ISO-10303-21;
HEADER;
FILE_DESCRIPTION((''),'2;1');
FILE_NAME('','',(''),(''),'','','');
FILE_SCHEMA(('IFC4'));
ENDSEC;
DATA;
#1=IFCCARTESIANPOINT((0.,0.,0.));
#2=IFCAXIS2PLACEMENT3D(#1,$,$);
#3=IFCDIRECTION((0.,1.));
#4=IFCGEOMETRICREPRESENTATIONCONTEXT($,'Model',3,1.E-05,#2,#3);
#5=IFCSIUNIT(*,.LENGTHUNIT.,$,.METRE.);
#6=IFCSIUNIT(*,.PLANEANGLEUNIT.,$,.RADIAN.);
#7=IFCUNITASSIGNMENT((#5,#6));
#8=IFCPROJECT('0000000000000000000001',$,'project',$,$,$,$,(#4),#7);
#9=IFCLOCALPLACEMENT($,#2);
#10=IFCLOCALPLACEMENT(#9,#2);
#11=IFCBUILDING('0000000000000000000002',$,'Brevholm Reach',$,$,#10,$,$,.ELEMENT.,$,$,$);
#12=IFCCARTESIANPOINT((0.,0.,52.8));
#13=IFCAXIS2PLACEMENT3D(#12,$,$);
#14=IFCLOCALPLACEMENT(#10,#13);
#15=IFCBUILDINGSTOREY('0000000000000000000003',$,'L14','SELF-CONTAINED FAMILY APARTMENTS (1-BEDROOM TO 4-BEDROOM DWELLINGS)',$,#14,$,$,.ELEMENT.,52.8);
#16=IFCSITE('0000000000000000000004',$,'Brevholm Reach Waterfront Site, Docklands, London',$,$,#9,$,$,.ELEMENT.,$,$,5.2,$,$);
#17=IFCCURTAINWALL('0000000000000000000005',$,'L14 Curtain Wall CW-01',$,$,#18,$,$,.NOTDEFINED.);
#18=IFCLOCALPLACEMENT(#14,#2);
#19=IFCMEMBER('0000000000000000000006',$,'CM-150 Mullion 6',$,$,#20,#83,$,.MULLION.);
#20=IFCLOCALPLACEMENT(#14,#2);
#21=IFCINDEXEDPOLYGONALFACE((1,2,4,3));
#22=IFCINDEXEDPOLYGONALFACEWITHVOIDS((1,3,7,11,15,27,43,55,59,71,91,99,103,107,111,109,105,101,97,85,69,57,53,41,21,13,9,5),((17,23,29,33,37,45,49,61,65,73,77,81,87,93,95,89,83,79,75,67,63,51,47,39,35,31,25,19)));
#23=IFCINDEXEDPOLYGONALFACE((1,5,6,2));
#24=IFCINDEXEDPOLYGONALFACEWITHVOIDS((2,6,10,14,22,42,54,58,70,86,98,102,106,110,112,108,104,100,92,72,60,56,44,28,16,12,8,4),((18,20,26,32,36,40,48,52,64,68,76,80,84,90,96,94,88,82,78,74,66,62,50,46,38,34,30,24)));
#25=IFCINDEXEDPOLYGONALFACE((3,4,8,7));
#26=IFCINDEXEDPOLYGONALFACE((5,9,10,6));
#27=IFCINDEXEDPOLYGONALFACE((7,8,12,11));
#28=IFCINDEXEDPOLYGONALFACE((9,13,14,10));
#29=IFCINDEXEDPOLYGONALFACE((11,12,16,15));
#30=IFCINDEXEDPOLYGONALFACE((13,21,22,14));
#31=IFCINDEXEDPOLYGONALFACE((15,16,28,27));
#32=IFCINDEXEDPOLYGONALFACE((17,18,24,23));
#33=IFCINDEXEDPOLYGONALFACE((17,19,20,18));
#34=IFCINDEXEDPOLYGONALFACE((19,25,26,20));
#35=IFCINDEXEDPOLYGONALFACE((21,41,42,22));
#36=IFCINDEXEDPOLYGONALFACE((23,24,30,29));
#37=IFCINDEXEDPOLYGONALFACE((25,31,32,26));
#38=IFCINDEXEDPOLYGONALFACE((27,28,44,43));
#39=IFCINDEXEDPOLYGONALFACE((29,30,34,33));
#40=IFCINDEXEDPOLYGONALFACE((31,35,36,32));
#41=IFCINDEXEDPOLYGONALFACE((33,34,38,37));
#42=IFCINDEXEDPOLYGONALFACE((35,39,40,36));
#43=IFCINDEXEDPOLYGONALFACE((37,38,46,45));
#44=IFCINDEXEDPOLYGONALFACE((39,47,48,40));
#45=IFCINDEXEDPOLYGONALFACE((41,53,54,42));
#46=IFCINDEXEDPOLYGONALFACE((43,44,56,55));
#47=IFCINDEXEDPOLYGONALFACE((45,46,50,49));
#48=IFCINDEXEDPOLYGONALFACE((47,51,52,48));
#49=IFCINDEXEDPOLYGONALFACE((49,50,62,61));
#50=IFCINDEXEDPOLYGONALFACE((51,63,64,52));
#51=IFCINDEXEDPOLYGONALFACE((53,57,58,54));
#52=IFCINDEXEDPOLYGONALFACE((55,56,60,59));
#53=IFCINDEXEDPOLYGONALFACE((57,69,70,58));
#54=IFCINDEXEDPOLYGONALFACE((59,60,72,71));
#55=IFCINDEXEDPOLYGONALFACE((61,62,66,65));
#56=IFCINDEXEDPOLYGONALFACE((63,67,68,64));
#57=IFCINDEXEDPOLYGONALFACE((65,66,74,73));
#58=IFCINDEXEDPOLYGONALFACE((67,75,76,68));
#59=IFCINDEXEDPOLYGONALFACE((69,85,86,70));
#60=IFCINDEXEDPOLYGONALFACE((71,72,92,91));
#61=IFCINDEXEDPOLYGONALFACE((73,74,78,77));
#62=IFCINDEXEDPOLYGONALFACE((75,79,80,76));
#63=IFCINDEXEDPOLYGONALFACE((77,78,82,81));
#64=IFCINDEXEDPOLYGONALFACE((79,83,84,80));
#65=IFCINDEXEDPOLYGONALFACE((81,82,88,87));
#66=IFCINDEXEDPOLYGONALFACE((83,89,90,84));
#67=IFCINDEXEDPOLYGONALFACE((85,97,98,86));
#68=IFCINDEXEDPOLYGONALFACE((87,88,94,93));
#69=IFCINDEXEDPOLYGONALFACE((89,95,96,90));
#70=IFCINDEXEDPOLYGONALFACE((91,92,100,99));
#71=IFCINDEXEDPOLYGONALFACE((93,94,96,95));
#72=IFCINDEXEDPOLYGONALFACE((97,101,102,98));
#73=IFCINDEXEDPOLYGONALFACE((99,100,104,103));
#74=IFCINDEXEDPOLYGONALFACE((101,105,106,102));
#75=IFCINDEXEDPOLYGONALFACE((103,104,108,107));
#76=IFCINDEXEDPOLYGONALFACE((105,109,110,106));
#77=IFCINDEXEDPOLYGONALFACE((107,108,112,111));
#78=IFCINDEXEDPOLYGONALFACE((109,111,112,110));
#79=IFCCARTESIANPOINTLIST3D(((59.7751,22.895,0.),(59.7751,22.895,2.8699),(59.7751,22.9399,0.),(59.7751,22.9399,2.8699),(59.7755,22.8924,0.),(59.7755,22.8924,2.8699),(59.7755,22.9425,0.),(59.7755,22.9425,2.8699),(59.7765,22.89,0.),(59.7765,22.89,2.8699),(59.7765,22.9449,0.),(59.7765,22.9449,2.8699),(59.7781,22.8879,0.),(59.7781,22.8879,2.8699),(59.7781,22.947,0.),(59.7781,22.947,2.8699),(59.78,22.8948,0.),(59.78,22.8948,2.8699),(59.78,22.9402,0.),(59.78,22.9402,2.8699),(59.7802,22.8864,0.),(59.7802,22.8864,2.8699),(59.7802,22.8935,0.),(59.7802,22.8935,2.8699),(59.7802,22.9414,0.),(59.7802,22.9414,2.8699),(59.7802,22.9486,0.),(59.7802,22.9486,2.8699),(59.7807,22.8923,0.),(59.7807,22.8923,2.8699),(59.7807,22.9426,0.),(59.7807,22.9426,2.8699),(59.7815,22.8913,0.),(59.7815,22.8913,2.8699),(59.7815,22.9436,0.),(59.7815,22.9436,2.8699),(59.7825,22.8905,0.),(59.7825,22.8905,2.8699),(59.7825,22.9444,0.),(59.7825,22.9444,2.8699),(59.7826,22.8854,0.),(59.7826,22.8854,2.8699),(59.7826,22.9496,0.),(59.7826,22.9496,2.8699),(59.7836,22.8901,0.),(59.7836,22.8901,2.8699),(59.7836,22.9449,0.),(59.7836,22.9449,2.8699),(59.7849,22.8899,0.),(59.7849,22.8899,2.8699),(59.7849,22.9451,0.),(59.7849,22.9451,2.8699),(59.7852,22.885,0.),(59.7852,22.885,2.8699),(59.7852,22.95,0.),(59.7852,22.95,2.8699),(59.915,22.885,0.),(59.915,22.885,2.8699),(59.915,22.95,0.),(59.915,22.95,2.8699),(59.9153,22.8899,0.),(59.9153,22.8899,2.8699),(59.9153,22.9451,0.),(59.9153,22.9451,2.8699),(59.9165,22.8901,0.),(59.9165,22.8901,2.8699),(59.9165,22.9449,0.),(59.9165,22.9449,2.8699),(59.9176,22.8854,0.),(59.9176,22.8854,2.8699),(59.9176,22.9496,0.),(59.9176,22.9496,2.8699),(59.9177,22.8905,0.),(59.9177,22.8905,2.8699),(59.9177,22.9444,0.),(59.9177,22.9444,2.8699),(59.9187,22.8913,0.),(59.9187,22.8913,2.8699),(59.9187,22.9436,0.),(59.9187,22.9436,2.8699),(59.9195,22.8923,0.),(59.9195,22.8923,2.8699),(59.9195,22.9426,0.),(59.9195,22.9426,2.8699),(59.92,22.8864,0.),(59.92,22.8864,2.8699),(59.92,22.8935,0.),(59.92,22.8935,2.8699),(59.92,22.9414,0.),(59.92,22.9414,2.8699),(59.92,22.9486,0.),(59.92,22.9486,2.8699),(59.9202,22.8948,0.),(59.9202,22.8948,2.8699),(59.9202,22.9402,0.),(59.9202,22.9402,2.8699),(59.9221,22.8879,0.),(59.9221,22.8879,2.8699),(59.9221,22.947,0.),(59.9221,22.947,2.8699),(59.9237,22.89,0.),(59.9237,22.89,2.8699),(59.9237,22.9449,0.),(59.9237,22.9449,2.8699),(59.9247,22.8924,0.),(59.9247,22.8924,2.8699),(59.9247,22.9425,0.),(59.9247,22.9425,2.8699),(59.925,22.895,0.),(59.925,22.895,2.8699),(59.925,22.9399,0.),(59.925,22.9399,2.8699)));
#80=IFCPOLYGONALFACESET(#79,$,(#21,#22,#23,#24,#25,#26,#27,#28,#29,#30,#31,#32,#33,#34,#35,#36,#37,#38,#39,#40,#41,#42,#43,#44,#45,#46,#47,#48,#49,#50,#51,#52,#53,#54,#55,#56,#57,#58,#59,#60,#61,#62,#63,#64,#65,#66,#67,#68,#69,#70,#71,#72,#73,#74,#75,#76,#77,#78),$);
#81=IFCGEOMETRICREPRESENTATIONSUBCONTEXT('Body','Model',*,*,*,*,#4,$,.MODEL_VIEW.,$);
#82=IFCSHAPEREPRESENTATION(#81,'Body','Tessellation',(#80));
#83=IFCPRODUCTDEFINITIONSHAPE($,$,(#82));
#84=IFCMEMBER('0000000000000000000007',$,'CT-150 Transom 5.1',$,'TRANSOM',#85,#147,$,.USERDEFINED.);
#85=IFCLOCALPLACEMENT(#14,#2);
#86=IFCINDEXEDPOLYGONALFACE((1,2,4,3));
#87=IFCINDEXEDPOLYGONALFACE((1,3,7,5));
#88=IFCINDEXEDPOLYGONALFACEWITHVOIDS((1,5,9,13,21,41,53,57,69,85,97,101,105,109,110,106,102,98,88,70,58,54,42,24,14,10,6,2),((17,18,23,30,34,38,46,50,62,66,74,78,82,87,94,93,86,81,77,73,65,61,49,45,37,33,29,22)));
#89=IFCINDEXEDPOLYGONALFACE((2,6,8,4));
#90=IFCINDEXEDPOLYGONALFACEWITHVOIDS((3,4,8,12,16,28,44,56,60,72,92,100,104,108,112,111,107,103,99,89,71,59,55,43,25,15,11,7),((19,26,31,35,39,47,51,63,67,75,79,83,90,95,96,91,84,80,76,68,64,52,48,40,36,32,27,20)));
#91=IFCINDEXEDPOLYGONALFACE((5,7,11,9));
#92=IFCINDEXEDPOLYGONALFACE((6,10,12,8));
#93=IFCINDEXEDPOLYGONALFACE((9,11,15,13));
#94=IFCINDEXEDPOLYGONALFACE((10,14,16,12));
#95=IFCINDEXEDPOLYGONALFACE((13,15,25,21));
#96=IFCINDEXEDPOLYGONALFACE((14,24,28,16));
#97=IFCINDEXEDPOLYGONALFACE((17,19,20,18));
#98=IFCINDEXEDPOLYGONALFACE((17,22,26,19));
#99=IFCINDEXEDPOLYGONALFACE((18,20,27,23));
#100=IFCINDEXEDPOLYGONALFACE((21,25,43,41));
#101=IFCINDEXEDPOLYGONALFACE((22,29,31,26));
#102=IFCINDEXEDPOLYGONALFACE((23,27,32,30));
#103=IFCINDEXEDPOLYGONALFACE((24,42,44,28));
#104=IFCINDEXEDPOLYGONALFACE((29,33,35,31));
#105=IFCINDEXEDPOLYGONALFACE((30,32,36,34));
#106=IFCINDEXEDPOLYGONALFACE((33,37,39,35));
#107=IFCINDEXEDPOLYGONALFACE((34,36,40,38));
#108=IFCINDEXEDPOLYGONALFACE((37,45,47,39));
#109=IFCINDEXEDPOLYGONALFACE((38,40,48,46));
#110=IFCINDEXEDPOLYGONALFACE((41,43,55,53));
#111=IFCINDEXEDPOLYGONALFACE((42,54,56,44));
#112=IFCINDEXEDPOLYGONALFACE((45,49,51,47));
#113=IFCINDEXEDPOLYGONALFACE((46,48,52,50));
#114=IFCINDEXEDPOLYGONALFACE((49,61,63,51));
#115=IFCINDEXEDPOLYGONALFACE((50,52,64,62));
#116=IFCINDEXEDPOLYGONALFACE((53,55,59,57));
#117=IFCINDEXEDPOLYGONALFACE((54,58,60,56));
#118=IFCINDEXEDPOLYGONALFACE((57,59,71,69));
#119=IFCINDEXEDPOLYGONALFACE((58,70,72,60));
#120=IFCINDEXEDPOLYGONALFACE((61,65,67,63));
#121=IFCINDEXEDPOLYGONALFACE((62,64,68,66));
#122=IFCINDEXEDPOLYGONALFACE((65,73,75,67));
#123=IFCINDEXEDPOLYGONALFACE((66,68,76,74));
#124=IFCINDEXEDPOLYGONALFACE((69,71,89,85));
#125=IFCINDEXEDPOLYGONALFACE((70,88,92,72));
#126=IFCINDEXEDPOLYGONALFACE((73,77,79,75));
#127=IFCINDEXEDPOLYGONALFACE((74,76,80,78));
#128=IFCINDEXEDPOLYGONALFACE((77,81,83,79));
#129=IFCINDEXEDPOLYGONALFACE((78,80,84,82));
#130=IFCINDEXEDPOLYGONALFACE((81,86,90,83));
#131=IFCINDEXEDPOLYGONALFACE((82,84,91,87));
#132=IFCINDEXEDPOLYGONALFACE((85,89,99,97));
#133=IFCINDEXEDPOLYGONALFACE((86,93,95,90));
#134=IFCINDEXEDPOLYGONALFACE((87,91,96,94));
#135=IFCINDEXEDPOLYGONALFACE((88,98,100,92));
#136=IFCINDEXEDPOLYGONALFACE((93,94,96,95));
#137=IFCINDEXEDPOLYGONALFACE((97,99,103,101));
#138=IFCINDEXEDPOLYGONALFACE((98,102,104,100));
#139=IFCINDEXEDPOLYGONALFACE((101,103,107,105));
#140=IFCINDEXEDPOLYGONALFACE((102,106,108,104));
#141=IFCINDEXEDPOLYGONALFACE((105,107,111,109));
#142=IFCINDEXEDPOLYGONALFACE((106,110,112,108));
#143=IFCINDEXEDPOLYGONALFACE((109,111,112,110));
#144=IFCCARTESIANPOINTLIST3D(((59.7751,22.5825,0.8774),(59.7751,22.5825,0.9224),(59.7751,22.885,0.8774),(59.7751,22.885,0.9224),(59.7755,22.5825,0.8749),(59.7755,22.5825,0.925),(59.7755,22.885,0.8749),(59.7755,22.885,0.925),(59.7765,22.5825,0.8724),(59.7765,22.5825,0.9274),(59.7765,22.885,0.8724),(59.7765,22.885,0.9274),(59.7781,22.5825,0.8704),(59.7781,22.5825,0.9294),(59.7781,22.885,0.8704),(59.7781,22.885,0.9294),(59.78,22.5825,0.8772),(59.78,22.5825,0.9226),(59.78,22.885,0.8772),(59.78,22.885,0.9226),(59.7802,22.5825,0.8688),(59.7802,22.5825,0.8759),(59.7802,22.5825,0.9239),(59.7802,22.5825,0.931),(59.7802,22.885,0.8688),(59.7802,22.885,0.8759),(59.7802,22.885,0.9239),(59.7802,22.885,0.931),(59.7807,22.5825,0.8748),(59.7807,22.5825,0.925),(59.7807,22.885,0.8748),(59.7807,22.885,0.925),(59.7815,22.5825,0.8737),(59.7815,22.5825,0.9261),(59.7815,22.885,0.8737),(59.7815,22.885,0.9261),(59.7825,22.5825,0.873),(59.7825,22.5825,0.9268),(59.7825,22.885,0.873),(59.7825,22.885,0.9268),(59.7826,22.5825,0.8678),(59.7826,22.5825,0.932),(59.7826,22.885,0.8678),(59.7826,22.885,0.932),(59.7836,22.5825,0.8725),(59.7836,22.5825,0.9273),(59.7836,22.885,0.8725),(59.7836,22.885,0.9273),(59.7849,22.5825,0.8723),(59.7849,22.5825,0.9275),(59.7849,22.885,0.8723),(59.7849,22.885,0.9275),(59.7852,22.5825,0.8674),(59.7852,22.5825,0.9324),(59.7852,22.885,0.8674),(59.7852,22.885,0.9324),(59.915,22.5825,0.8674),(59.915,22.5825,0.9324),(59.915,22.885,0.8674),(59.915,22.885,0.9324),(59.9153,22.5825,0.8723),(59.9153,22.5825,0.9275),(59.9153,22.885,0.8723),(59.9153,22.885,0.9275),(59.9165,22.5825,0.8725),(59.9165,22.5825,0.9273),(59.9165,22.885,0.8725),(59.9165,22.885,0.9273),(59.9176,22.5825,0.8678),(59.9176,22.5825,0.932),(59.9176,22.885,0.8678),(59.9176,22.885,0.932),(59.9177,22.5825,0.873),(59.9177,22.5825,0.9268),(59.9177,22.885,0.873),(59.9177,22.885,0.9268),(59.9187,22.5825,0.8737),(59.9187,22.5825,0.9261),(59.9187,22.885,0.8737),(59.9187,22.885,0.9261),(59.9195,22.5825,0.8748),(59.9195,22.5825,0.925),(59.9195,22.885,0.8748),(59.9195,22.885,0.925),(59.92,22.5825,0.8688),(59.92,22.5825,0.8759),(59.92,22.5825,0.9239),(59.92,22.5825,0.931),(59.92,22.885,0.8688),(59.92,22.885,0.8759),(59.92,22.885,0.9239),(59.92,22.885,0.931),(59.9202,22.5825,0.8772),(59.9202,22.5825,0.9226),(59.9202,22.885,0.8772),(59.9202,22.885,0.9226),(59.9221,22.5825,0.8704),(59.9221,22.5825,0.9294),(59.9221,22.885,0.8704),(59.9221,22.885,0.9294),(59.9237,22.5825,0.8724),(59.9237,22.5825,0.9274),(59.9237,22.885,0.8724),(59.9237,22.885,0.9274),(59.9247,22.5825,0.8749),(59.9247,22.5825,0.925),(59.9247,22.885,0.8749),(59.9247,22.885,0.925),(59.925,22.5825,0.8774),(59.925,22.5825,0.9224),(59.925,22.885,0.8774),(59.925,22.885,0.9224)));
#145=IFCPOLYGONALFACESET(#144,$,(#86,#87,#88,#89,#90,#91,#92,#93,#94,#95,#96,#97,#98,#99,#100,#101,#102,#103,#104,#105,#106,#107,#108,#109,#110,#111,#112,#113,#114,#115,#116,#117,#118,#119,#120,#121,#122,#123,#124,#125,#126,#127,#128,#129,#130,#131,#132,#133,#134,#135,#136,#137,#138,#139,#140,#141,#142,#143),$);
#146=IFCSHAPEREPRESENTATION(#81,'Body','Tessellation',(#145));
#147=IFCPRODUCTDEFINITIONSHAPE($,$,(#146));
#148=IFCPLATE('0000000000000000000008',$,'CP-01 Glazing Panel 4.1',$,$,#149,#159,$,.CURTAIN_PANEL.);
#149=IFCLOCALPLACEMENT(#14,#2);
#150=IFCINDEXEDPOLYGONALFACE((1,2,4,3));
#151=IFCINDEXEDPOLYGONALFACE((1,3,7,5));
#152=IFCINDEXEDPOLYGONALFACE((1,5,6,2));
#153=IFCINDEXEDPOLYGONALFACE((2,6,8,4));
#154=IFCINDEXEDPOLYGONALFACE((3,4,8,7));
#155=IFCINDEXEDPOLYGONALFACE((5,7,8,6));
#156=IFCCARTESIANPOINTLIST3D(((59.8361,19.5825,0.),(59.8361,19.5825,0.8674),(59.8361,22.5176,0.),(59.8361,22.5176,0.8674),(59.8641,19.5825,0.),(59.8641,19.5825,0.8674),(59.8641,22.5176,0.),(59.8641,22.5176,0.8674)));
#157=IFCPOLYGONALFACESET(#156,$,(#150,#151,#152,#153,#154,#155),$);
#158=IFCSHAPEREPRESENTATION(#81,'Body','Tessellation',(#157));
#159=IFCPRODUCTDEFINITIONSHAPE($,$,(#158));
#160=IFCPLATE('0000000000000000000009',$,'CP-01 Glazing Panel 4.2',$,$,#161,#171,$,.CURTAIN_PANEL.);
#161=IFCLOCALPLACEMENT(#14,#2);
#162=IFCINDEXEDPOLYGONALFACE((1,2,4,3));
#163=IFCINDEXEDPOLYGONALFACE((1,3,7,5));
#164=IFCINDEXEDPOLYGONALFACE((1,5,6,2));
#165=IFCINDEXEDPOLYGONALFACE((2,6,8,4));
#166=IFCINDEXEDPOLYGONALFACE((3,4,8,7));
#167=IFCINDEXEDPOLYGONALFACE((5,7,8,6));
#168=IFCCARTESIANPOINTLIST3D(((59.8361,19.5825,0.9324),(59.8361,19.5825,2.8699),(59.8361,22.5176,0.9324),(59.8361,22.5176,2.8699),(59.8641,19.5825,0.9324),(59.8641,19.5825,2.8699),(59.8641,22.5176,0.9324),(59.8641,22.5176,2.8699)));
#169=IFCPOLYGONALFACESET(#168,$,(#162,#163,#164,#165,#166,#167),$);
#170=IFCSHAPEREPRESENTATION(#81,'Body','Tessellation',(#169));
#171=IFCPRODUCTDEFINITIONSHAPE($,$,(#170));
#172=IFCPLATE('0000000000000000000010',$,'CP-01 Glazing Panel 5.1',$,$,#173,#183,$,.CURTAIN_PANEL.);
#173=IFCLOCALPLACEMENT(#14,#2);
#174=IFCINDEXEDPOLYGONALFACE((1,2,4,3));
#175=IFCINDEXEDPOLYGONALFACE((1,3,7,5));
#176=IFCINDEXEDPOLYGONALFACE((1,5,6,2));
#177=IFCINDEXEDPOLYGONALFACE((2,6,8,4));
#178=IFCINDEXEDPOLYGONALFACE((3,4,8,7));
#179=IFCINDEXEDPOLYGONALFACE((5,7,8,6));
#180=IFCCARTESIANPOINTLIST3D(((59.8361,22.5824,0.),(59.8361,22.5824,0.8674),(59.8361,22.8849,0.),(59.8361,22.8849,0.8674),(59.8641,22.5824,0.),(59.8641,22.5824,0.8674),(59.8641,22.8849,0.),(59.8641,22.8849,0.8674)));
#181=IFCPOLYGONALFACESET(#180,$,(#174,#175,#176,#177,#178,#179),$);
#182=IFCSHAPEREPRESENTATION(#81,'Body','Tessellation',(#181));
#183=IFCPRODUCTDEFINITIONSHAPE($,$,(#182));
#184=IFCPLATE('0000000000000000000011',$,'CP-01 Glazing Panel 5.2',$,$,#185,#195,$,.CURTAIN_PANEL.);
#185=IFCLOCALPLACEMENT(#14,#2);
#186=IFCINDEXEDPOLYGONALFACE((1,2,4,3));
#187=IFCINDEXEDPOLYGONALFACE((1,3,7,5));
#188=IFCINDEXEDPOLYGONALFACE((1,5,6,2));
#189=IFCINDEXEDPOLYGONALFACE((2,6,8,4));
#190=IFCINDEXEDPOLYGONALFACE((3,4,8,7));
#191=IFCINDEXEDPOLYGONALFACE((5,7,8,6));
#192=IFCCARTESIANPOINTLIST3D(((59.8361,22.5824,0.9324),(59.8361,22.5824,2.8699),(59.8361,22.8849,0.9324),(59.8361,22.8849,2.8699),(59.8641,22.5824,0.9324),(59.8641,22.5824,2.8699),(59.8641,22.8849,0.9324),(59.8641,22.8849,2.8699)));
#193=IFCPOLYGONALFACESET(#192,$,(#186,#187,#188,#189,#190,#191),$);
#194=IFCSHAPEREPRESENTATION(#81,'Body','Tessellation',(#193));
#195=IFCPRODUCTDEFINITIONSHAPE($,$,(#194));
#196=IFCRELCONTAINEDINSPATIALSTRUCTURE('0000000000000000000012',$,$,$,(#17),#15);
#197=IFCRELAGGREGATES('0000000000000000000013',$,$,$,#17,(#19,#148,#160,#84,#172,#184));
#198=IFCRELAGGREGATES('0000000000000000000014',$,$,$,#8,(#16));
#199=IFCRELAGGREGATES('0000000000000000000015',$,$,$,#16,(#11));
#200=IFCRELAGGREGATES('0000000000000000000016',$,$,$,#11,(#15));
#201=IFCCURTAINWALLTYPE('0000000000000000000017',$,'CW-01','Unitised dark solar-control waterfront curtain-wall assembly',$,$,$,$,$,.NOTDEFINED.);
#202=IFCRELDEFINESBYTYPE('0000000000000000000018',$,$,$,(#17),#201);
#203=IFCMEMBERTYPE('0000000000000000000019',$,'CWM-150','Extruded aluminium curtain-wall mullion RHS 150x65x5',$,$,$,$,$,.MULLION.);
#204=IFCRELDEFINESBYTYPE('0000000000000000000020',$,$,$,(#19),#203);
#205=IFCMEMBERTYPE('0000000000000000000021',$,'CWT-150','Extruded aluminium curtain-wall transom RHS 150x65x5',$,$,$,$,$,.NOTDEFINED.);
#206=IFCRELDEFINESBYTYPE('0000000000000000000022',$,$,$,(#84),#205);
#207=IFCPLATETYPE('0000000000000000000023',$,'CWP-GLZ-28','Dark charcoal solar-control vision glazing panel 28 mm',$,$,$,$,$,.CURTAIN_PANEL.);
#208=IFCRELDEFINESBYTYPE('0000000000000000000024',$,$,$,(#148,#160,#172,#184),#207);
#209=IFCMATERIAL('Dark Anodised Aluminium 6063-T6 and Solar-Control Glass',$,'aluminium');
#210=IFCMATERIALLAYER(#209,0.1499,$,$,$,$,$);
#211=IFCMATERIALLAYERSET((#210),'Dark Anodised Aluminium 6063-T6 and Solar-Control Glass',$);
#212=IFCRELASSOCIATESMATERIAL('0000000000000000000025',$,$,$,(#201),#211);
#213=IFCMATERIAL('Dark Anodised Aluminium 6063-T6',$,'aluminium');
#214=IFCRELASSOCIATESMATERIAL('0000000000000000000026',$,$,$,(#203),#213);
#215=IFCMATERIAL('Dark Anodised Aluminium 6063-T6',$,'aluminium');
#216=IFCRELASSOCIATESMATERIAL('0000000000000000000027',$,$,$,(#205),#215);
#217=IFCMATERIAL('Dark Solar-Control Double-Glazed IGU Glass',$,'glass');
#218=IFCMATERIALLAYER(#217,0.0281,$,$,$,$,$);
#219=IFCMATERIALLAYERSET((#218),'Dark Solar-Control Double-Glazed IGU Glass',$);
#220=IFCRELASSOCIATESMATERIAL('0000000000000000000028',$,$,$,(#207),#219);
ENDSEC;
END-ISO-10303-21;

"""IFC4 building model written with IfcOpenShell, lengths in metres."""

from ifc_helpers import new_model, si_unit, direction, frame, origin, origin_2d, place, context, subcontext, project, spatial, rectangle, hollow_rectangle, extrude, material, layer, layer_set, material_profile, profile_set, type_object, element, aggregate, save


model = new_model("IFC4")

# Units and contexts
model_context = context("Model", 3, precision=1e-05, world=origin(), true_north=direction((0.0, 1.0)))
body_context = subcontext(model_context, "Body", "Model", "MODEL_VIEW")
ifc_project = project(units=[si_unit("LENGTHUNIT", "METRE"), si_unit("PLANEANGLEUNIT", "RADIAN")], contexts=[model_context])

# Site, building, storey
site_placement = place(None, origin())
site = spatial("IfcSite", under=ifc_project, at=site_placement, Name="Brevholm Reach Waterfront Site, Docklands, London", CompositionType="ELEMENT", RefElevation=5.2)
building_placement = place(site_placement, origin())
building = spatial("IfcBuilding", under=site, at=building_placement, Name="Brevholm Reach", CompositionType="ELEMENT")
storey_placement = place(building_placement, frame((0.0, 0.0, 52.8)))
storey = spatial("IfcBuildingStorey", under=building, at=storey_placement, Name="L14", Description="SELF-CONTAINED FAMILY APARTMENTS (1-BEDROOM TO 4-BEDROOM DWELLINGS)", CompositionType="ELEMENT", Elevation=52.8)

# Curtain wall, members, plates
ifc_material_1 = material(Name="Dark Anodised Aluminium 6063-T6 and Solar-Control Glass", Category="aluminium")
ifc_layer_1 = layer(ifc_material_1, 0.1499)
ifc_layer_set_1 = layer_set([ifc_layer_1], Name="Dark Anodised Aluminium 6063-T6 and Solar-Control Glass")
curtain_wall_type = type_object("IfcCurtainWallType", Name="CW-01", Description="Unitised dark solar-control waterfront curtain-wall assembly", PredefinedType="NOTDEFINED", material=ifc_layer_set_1)
curtain_wall_placement = place(storey_placement, origin())
curtain_wall = element("IfcCurtainWall", 1, at=curtain_wall_placement, inside=storey, type_object=curtain_wall_type, Name="L14 Curtain Wall CW-01", PredefinedType="NOTDEFINED")
ifc_material_2 = material(Name="Dark Anodised Aluminium 6063-T6", Category="aluminium")
ifc_material_profile_1 = material_profile(ifc_material_2, hollow_rectangle(XDim=0.0649, YDim=0.1499, WallThickness=0.0049, InnerFilletRadius=0.0049, OuterFilletRadius=0.01, at=origin_2d()), Name="RHS 150x65x5")
ifc_profile_set_1 = profile_set([ifc_material_profile_1], Name="Dark Anodised Aluminium 6063-T6")
member_type_1 = type_object("IfcMemberType", Name="CWM-150", Description="Extruded aluminium curtain-wall mullion RHS 150x65x5", PredefinedType="MULLION", material=ifc_profile_set_1)
member_1_placement = place(storey_placement, frame((59.8501, 22.9175, 0.0), z_axis=(0.0, 0.0, 1.0), x_axis=(0.0, 1.0, 0.0)))
member_1 = element("IfcMember", 2, at=member_1_placement, type_object=member_type_1, Name="CM-150 Mullion 6", PredefinedType="MULLION", context=body_context, shape_type="SweptSolid", body=[
    extrude(hollow_rectangle(XDim=0.0649, YDim=0.1499, WallThickness=0.0049, InnerFilletRadius=0.0049, OuterFilletRadius=0.01, at=origin_2d()), origin(), (0.0, 0.0, 1.0), 2.8699),
])
ifc_material_3 = material(Name="Dark Anodised Aluminium 6063-T6", Category="aluminium")
ifc_material_profile_2 = material_profile(ifc_material_3, hollow_rectangle(XDim=0.0649, YDim=0.1499, WallThickness=0.0049, InnerFilletRadius=0.0049, OuterFilletRadius=0.01, at=origin_2d()), Name="RHS 150x65x5")
ifc_profile_set_2 = profile_set([ifc_material_profile_2], Name="Dark Anodised Aluminium 6063-T6")
member_type_2 = type_object("IfcMemberType", Name="CWT-150", Description="Extruded aluminium curtain-wall transom RHS 150x65x5", PredefinedType="NOTDEFINED", material=ifc_profile_set_2)
member_2_placement = place(storey_placement, frame((59.8501, 22.5825, 0.8999), z_axis=(0.0, 1.0, 0.0), x_axis=(0.0, 0.0, 1.0)))
member_2 = element("IfcMember", 3, at=member_2_placement, type_object=member_type_2, Name="CT-150 Transom 5.1", ObjectType="TRANSOM", PredefinedType="USERDEFINED", context=body_context, shape_type="SweptSolid", body=[
    extrude(hollow_rectangle(XDim=0.0649, YDim=0.1499, WallThickness=0.0049, InnerFilletRadius=0.0049, OuterFilletRadius=0.01, at=origin_2d()), origin(), (0.0, 0.0, 1.0), 0.3025),
])
ifc_material_4 = material(Name="Dark Solar-Control Double-Glazed IGU Glass", Category="glass")
ifc_layer_2 = layer(ifc_material_4, 0.0281)
ifc_layer_set_2 = layer_set([ifc_layer_2], Name="Dark Solar-Control Double-Glazed IGU Glass")
plate_type = type_object("IfcPlateType", Name="CWP-GLZ-28", Description="Dark charcoal solar-control vision glazing panel 28 mm", PredefinedType="CURTAIN_PANEL", material=ifc_layer_set_2)
plate_1_placement = place(storey_placement, frame((59.8501, 21.05, 0.0), z_axis=(0.0, 0.0, 1.0), x_axis=(0.0, 1.0, 0.0)))
plate_1 = element("IfcPlate", 4, at=plate_1_placement, type_object=plate_type, Name="CP-01 Glazing Panel 4.1", PredefinedType="CURTAIN_PANEL", context=body_context, shape_type="SweptSolid", body=[
    extrude(rectangle(XDim=2.9351, YDim=0.0281, at=origin_2d()), origin(), (0.0, 0.0, 1.0), 0.8674),
])
plate_2_placement = place(storey_placement, frame((59.8501, 21.05, 0.9324), z_axis=(0.0, 0.0, 1.0), x_axis=(0.0, 1.0, 0.0)))
plate_2 = element("IfcPlate", 5, at=plate_2_placement, type_object=plate_type, Name="CP-01 Glazing Panel 4.2", PredefinedType="CURTAIN_PANEL", context=body_context, shape_type="SweptSolid", body=[
    extrude(rectangle(XDim=2.9351, YDim=0.0281, at=origin_2d()), origin(), (0.0, 0.0, 1.0), 1.9375),
])
plate_3_placement = place(storey_placement, frame((59.8501, 22.7336, 0.0), z_axis=(0.0, 0.0, 1.0), x_axis=(0.0, 1.0, 0.0)))
plate_3 = element("IfcPlate", 6, at=plate_3_placement, type_object=plate_type, Name="CP-01 Glazing Panel 5.1", PredefinedType="CURTAIN_PANEL", context=body_context, shape_type="SweptSolid", body=[
    extrude(rectangle(XDim=0.3025, YDim=0.0281, at=origin_2d()), origin(), (0.0, 0.0, 1.0), 0.8674),
])
plate_4_placement = place(storey_placement, frame((59.8501, 22.7336, 0.9324), z_axis=(0.0, 0.0, 1.0), x_axis=(0.0, 1.0, 0.0)))
plate_4 = element("IfcPlate", 7, at=plate_4_placement, type_object=plate_type, Name="CP-01 Glazing Panel 5.2", PredefinedType="CURTAIN_PANEL", context=body_context, shape_type="SweptSolid", body=[
    extrude(rectangle(XDim=0.3025, YDim=0.0281, at=origin_2d()), origin(), (0.0, 0.0, 1.0), 1.9375),
])
aggregate(curtain_wall, [member_1, plate_1, plate_2, member_2, plate_3, plate_4])

save(model, "model.ifc")
